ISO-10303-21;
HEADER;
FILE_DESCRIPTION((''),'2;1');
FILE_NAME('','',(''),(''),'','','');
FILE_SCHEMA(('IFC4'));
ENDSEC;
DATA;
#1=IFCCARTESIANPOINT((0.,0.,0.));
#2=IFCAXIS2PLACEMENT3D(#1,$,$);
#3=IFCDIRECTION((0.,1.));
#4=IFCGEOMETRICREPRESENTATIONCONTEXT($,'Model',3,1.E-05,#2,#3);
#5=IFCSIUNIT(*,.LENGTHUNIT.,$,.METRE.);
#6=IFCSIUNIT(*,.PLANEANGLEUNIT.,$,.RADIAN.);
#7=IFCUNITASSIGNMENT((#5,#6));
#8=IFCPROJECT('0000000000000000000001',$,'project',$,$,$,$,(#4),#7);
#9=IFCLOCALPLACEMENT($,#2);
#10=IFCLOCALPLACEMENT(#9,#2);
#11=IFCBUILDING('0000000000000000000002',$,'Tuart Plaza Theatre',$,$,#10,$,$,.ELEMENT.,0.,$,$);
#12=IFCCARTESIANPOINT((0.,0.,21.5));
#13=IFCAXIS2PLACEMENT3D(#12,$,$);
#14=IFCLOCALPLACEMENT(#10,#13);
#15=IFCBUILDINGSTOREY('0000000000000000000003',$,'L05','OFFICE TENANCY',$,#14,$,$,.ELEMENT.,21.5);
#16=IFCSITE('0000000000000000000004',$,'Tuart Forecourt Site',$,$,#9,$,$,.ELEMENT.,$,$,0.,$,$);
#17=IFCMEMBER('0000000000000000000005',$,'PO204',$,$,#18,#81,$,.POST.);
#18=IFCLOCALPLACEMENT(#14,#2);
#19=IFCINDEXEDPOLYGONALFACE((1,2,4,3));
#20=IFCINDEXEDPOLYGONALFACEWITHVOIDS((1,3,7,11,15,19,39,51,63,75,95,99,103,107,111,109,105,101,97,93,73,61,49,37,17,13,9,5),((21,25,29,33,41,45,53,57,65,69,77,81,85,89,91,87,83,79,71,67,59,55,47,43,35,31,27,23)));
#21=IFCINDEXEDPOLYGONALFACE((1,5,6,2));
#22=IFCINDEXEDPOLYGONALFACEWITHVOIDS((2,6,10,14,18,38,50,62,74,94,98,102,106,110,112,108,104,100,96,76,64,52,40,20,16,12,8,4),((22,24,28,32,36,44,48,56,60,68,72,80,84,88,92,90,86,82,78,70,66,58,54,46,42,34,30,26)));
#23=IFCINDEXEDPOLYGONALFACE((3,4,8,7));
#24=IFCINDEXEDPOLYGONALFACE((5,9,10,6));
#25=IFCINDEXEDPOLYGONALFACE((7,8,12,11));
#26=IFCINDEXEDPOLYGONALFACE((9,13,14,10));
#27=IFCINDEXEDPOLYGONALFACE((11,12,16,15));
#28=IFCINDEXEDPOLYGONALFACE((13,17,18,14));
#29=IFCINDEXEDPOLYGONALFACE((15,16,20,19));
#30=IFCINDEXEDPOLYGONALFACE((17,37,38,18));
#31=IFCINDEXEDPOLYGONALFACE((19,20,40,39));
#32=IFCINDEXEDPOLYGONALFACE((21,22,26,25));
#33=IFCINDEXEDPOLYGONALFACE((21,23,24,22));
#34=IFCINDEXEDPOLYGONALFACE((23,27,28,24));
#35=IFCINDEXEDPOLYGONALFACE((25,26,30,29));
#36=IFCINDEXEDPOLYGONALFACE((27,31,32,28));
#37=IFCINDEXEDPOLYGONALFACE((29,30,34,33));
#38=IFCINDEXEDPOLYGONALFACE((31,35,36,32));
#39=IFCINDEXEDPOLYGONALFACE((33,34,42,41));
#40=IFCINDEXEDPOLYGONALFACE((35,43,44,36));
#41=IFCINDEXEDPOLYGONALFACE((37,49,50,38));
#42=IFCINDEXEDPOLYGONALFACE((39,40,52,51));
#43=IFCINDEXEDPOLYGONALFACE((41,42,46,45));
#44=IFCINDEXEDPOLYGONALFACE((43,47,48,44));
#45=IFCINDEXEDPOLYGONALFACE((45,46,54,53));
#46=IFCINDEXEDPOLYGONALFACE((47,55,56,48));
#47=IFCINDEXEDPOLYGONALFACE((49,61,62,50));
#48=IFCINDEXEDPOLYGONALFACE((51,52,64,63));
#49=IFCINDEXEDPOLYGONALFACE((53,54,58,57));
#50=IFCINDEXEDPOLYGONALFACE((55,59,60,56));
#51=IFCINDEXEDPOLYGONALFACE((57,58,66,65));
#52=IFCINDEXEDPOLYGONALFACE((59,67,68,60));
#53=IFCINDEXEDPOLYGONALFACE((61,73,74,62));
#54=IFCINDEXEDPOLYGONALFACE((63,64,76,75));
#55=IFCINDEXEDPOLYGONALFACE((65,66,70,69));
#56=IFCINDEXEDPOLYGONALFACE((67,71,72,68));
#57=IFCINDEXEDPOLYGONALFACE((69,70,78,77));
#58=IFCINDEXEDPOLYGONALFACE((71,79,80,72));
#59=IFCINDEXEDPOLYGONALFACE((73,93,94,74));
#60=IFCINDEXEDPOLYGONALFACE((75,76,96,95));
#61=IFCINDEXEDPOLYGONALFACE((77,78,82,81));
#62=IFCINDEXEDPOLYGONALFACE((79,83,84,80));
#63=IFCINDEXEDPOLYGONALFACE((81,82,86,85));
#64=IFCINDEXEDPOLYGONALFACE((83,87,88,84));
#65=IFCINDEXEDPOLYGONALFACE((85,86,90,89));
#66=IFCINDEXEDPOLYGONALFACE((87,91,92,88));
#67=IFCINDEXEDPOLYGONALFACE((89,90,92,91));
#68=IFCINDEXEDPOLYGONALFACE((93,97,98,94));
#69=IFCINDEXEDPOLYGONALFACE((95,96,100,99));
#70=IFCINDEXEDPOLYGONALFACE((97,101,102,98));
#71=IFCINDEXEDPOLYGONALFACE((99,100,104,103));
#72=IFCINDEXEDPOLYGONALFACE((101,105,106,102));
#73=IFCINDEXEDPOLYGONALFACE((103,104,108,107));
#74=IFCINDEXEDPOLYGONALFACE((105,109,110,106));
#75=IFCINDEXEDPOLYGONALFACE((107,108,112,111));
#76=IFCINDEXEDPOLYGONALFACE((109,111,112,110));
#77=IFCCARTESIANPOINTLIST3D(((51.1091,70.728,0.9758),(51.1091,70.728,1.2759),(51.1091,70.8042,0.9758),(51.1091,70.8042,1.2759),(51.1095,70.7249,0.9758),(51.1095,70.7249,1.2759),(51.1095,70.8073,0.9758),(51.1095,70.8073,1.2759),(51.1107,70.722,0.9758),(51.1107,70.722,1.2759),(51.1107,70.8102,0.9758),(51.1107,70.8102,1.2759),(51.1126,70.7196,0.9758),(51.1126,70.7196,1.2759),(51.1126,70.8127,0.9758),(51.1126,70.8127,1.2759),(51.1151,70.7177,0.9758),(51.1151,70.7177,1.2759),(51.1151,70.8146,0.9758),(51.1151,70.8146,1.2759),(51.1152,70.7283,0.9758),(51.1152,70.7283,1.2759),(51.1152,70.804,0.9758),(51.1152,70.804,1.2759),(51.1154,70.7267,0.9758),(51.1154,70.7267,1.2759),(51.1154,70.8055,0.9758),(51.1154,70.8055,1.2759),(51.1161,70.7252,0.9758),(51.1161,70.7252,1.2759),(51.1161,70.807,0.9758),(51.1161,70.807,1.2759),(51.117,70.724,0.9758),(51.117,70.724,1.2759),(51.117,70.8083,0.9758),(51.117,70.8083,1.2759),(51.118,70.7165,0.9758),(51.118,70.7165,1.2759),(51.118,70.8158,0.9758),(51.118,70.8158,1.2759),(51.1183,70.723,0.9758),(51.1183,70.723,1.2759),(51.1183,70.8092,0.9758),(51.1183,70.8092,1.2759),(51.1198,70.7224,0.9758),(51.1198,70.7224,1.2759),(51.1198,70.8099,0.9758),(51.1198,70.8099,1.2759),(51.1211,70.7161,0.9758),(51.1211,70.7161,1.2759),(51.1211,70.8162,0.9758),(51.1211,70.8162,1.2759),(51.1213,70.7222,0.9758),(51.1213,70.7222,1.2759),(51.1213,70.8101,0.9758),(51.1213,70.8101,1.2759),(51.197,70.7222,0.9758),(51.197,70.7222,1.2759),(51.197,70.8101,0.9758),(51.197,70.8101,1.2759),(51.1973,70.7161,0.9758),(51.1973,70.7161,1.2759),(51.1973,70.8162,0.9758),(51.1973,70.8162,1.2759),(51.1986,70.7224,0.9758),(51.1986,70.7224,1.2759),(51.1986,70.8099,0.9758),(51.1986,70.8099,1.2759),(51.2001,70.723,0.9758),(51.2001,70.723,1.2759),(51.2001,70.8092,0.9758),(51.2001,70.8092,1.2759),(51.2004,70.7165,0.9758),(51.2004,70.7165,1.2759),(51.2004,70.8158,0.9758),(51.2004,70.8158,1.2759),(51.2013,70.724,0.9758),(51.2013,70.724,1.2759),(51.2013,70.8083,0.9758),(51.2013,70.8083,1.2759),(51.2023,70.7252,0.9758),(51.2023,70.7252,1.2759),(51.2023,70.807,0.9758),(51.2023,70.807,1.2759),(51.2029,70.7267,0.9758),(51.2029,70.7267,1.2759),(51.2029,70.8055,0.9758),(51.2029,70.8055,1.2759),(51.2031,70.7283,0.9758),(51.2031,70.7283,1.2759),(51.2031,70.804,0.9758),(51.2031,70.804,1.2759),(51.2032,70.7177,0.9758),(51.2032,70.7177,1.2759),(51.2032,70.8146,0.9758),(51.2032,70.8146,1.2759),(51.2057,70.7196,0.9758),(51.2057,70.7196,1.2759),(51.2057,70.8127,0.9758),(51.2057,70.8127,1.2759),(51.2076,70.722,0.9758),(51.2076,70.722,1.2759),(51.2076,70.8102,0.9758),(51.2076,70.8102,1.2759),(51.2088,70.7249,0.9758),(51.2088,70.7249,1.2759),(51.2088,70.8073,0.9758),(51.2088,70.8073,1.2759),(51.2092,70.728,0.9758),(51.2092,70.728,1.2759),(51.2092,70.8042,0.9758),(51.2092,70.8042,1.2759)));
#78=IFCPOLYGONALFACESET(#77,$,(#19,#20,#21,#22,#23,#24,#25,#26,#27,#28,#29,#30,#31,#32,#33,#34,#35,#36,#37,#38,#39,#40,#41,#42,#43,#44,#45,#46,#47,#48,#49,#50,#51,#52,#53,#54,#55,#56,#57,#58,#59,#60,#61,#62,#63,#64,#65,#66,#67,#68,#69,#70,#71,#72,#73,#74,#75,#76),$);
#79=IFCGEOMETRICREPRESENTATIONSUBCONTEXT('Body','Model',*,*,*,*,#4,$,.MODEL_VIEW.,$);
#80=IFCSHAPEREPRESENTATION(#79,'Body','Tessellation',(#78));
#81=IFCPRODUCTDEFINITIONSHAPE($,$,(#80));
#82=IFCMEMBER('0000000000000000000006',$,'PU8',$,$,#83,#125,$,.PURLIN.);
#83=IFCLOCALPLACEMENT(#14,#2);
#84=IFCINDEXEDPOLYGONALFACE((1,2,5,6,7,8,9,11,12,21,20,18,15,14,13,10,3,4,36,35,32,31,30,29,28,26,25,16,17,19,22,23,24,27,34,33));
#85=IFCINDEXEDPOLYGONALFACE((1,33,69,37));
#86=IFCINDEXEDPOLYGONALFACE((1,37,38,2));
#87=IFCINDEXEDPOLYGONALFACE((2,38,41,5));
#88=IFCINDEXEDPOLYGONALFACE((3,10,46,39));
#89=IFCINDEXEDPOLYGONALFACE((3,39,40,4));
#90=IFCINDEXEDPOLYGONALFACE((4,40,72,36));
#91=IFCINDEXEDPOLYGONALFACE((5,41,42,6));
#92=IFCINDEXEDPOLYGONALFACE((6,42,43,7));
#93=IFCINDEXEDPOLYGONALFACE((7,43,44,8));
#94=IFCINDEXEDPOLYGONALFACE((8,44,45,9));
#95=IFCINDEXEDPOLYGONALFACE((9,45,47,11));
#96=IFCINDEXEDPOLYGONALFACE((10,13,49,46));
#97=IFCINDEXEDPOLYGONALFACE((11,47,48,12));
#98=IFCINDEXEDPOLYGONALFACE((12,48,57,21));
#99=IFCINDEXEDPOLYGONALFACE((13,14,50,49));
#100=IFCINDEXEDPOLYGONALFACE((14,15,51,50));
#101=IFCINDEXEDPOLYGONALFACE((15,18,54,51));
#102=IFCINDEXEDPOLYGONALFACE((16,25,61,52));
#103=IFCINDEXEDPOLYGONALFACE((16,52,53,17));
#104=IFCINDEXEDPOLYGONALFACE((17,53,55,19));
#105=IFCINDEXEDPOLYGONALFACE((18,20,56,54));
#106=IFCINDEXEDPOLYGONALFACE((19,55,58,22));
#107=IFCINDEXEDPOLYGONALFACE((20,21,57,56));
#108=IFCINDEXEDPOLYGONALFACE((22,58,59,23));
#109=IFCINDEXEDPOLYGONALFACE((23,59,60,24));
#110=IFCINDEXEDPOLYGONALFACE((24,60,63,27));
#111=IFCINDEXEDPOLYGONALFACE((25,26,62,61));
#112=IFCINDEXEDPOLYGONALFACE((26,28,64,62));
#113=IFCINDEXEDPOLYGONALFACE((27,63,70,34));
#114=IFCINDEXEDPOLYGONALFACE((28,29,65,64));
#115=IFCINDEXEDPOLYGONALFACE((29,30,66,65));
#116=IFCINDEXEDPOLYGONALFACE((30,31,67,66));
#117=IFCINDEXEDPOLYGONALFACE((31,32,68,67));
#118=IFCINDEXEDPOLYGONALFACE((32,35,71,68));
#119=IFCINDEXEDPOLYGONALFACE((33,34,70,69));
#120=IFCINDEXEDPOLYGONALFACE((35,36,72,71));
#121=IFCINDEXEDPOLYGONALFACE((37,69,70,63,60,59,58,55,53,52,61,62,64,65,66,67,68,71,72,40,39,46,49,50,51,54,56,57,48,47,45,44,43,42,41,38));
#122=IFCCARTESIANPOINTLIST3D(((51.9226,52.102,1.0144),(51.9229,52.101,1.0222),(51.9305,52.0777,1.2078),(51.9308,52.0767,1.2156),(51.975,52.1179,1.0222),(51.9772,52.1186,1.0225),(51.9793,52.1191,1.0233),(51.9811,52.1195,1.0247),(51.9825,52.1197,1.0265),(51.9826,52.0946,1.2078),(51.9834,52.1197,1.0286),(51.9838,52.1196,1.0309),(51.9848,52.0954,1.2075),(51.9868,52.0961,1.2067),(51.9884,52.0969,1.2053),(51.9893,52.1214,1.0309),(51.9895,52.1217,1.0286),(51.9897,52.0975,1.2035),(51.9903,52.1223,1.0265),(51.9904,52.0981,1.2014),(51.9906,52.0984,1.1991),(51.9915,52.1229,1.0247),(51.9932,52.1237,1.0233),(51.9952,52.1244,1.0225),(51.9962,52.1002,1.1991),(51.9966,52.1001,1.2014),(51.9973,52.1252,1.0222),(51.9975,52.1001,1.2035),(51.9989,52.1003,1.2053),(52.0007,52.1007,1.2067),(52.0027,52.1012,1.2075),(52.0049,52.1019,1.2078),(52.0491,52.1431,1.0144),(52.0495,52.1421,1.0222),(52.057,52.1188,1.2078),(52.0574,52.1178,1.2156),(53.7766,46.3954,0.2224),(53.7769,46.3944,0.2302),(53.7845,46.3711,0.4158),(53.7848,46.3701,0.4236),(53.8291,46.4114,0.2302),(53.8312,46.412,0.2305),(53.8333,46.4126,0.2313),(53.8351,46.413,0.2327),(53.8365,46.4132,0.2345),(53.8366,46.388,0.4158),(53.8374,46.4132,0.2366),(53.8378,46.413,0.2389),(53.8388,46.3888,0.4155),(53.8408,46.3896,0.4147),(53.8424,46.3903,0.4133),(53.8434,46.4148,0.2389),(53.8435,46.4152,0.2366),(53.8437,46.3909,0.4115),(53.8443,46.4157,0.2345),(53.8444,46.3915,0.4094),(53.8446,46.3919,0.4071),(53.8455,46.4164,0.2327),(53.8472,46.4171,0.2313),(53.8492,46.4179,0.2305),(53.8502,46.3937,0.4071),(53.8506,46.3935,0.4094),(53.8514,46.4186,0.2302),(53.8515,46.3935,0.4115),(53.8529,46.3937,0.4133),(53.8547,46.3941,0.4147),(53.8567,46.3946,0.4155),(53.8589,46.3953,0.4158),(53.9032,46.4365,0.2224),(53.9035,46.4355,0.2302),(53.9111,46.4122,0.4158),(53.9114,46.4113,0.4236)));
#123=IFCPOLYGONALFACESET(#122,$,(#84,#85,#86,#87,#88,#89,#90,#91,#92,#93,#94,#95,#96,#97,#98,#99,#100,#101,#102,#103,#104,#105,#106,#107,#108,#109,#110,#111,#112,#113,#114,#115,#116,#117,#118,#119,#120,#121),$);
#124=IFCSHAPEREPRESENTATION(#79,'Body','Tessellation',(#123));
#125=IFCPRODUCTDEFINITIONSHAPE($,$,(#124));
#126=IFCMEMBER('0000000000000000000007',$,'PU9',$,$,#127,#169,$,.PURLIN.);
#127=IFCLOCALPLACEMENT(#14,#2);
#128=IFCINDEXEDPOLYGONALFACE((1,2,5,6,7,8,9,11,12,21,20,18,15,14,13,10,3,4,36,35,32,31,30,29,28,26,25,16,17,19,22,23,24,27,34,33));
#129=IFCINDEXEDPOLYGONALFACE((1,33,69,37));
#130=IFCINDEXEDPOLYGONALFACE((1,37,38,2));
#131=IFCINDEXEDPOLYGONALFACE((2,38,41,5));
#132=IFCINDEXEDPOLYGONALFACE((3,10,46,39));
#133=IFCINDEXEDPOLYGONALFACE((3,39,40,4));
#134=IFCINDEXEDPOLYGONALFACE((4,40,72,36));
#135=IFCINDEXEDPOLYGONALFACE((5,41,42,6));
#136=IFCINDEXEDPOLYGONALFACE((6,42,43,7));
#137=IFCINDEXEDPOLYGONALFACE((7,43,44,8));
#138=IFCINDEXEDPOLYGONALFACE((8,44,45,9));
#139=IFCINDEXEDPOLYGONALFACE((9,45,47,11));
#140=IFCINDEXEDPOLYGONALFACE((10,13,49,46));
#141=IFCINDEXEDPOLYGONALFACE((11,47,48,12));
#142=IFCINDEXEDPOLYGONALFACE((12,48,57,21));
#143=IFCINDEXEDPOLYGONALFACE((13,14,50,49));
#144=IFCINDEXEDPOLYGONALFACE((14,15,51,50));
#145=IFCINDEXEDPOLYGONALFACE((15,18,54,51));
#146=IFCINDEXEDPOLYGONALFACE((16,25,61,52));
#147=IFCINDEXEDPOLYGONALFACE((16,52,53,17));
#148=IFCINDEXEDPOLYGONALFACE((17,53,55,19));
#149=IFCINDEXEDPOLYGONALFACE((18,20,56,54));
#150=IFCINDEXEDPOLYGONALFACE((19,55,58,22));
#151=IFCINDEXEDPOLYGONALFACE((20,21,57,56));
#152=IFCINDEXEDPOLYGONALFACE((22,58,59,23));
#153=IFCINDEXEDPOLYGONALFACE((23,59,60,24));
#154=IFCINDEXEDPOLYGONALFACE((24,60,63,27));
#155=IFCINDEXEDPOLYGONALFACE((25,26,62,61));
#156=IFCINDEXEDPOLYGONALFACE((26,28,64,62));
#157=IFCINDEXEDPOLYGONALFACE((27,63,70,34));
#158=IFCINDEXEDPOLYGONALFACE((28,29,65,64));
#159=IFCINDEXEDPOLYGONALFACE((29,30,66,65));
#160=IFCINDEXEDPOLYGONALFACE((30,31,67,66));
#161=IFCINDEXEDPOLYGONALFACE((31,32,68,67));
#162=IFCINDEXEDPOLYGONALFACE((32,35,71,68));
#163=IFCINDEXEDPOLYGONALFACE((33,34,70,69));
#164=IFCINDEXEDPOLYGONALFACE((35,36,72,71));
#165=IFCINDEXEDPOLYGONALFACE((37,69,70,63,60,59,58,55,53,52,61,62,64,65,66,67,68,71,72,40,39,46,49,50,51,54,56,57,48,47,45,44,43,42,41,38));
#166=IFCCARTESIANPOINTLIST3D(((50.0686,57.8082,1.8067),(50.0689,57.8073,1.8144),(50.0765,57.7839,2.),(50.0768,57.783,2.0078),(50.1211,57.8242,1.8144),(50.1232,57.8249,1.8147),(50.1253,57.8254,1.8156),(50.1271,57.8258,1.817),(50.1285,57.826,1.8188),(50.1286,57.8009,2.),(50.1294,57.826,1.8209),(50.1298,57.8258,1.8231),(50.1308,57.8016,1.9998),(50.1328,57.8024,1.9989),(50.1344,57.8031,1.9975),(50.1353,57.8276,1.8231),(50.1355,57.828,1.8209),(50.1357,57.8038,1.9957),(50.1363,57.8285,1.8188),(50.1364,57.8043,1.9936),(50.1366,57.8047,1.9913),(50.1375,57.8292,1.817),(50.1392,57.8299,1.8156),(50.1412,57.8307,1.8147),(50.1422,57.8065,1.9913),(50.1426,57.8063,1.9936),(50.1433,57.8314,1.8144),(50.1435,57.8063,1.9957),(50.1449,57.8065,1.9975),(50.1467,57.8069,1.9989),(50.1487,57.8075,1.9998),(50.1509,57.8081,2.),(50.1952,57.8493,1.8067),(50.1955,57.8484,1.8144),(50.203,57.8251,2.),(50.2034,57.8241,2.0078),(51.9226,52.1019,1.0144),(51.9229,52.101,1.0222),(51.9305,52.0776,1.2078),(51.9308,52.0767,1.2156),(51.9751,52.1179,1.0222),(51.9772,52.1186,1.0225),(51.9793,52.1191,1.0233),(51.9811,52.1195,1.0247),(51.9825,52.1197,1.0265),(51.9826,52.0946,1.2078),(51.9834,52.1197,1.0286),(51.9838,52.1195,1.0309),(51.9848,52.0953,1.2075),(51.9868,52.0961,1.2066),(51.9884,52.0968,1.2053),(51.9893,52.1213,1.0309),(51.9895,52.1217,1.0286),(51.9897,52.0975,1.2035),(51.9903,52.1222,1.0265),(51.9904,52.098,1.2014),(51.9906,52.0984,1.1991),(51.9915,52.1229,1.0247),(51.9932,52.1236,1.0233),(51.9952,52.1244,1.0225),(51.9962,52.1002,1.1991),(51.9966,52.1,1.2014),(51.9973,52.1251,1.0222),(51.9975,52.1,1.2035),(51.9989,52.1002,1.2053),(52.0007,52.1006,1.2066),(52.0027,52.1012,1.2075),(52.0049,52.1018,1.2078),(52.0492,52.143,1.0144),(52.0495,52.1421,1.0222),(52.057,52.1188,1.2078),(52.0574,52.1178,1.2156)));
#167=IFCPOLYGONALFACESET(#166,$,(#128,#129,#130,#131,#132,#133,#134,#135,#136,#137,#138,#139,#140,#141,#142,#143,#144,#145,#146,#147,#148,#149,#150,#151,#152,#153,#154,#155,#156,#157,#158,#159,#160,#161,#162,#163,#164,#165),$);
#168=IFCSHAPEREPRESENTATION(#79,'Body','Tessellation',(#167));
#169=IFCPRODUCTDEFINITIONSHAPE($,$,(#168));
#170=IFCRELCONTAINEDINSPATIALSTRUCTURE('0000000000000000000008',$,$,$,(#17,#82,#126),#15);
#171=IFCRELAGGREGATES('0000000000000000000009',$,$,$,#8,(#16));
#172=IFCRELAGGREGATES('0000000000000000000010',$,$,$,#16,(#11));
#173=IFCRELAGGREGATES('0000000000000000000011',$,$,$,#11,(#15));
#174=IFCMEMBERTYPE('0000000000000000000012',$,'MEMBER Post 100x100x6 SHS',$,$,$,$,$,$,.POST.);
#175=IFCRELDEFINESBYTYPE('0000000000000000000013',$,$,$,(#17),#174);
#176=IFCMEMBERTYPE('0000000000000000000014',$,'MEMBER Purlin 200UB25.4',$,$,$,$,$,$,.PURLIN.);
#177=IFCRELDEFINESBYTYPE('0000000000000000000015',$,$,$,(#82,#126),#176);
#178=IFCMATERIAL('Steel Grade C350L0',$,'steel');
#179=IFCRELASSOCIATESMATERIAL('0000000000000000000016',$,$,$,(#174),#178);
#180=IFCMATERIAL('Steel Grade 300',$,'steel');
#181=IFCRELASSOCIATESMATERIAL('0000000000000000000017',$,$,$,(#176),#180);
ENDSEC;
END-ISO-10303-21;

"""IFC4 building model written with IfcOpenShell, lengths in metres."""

from ifc_helpers import new_model, si_unit, direction, frame, origin, origin_2d, place, context, subcontext, project, spatial, hollow_rectangle, i_section, extrude, material, material_profile, profile_set, type_object, element, save


model = new_model("IFC4")

# Units and contexts
model_context = context("Model", 3, precision=1e-05, world=origin(), true_north=direction((0.0, 1.0)))
body_context = subcontext(model_context, "Body", "Model", "MODEL_VIEW")
ifc_project = project(units=[si_unit("LENGTHUNIT", "METRE"), si_unit("PLANEANGLEUNIT", "RADIAN")], contexts=[model_context])

# Site, building, storey
site_placement = place(None, origin())
site = spatial("IfcSite", under=ifc_project, at=site_placement, Name="Tuart Forecourt Site", CompositionType="ELEMENT", RefElevation=0.0)
building_placement = place(site_placement, origin())
building = spatial("IfcBuilding", under=site, at=building_placement, Name="Tuart Plaza Theatre", CompositionType="ELEMENT", ElevationOfRefHeight=0.0)
storey_placement = place(building_placement, frame((0.0, 0.0, 21.5)))
storey = spatial("IfcBuildingStorey", under=building, at=storey_placement, Name="L05", Description="OFFICE TENANCY", CompositionType="ELEMENT", Elevation=21.5)

# Members
ifc_material_1 = material(Name="Steel Grade C350L0", Category="steel")
ifc_material_profile_1 = material_profile(ifc_material_1, hollow_rectangle(XDim=0.1001, YDim=0.1001, WallThickness=0.0061, InnerFilletRadius=0.0061, OuterFilletRadius=0.012, at=origin_2d()), Name="100x100x6 SHS")
ifc_profile_set_1 = profile_set([ifc_material_profile_1], Name="Steel Grade C350L0")
member_type_1 = type_object("IfcMemberType", Name="MEMBER Post 100x100x6 SHS", PredefinedType="POST", material=ifc_profile_set_1)
member_1_placement = place(storey_placement, frame((51.1592, 70.7661, 0.9758), z_axis=(0.0, 0.0, 1.0), x_axis=(1.0, 0.0, 0.0)))
element("IfcMember", 1, at=member_1_placement, inside=storey, type_object=member_type_1, Name="PO204", PredefinedType="POST", context=body_context, shape_type="SweptSolid", body=[
    extrude(hollow_rectangle(XDim=0.1001, YDim=0.1001, WallThickness=0.0061, InnerFilletRadius=0.0061, OuterFilletRadius=0.012, at=origin_2d()), origin(), (0.0, 0.0, 1.0), 0.3),
])
ifc_material_2 = material(Name="Steel Grade 300", Category="steel")
ifc_material_profile_2 = material_profile(ifc_material_2, i_section(OverallWidth=0.1331, OverallDepth=0.2029, WebThickness=0.0059, FlangeThickness=0.0078, FilletRadius=0.0088, at=origin_2d()), Name="200UB25.4")
ifc_profile_set_2 = profile_set([ifc_material_profile_2], Name="Steel Grade 300")
member_type_2 = type_object("IfcMemberType", Name="MEMBER Purlin 200UB25.4", PredefinedType="PURLIN", material=ifc_profile_set_2)
member_2_placement = place(storey_placement, frame((53.844, 46.4033, 0.323), z_axis=(-0.306335, 0.942886, 0.13086), x_axis=(-0.951065, -0.308992, 0.0)))
element("IfcMember", 2, at=member_2_placement, inside=storey, type_object=member_type_2, Name="PU8", PredefinedType="PURLIN", context=body_context, shape_type="SweptSolid", body=[
    extrude(i_section(OverallWidth=0.1331, OverallDepth=0.2029, WebThickness=0.0059, FlangeThickness=0.0078, FilletRadius=0.0088, at=origin_2d()), origin(), (0.0, 0.0, 1.0), 6.0522),
])
for number, where, z_axis, x_axis, name in (
    (3, (51.99, 52.1099, 1.115), (-0.306345, 0.942877, 0.130905), (-0.951061, -0.309004, 0.0), "PU9"),
):
    element("IfcMember", number, at=place(storey_placement, frame(where, z_axis=z_axis, x_axis=x_axis)), inside=storey, type_object=member_type_2, Name=name, PredefinedType="PURLIN", context=body_context, shape_type="SweptSolid", body=[
        extrude(i_section(OverallWidth=0.1331, OverallDepth=0.2029, WebThickness=0.0059, FlangeThickness=0.0078, FilletRadius=0.0088, at=origin_2d()), origin(), (0.0, 0.0, 1.0), 6.052),
    ])

save(model, "model.ifc")
